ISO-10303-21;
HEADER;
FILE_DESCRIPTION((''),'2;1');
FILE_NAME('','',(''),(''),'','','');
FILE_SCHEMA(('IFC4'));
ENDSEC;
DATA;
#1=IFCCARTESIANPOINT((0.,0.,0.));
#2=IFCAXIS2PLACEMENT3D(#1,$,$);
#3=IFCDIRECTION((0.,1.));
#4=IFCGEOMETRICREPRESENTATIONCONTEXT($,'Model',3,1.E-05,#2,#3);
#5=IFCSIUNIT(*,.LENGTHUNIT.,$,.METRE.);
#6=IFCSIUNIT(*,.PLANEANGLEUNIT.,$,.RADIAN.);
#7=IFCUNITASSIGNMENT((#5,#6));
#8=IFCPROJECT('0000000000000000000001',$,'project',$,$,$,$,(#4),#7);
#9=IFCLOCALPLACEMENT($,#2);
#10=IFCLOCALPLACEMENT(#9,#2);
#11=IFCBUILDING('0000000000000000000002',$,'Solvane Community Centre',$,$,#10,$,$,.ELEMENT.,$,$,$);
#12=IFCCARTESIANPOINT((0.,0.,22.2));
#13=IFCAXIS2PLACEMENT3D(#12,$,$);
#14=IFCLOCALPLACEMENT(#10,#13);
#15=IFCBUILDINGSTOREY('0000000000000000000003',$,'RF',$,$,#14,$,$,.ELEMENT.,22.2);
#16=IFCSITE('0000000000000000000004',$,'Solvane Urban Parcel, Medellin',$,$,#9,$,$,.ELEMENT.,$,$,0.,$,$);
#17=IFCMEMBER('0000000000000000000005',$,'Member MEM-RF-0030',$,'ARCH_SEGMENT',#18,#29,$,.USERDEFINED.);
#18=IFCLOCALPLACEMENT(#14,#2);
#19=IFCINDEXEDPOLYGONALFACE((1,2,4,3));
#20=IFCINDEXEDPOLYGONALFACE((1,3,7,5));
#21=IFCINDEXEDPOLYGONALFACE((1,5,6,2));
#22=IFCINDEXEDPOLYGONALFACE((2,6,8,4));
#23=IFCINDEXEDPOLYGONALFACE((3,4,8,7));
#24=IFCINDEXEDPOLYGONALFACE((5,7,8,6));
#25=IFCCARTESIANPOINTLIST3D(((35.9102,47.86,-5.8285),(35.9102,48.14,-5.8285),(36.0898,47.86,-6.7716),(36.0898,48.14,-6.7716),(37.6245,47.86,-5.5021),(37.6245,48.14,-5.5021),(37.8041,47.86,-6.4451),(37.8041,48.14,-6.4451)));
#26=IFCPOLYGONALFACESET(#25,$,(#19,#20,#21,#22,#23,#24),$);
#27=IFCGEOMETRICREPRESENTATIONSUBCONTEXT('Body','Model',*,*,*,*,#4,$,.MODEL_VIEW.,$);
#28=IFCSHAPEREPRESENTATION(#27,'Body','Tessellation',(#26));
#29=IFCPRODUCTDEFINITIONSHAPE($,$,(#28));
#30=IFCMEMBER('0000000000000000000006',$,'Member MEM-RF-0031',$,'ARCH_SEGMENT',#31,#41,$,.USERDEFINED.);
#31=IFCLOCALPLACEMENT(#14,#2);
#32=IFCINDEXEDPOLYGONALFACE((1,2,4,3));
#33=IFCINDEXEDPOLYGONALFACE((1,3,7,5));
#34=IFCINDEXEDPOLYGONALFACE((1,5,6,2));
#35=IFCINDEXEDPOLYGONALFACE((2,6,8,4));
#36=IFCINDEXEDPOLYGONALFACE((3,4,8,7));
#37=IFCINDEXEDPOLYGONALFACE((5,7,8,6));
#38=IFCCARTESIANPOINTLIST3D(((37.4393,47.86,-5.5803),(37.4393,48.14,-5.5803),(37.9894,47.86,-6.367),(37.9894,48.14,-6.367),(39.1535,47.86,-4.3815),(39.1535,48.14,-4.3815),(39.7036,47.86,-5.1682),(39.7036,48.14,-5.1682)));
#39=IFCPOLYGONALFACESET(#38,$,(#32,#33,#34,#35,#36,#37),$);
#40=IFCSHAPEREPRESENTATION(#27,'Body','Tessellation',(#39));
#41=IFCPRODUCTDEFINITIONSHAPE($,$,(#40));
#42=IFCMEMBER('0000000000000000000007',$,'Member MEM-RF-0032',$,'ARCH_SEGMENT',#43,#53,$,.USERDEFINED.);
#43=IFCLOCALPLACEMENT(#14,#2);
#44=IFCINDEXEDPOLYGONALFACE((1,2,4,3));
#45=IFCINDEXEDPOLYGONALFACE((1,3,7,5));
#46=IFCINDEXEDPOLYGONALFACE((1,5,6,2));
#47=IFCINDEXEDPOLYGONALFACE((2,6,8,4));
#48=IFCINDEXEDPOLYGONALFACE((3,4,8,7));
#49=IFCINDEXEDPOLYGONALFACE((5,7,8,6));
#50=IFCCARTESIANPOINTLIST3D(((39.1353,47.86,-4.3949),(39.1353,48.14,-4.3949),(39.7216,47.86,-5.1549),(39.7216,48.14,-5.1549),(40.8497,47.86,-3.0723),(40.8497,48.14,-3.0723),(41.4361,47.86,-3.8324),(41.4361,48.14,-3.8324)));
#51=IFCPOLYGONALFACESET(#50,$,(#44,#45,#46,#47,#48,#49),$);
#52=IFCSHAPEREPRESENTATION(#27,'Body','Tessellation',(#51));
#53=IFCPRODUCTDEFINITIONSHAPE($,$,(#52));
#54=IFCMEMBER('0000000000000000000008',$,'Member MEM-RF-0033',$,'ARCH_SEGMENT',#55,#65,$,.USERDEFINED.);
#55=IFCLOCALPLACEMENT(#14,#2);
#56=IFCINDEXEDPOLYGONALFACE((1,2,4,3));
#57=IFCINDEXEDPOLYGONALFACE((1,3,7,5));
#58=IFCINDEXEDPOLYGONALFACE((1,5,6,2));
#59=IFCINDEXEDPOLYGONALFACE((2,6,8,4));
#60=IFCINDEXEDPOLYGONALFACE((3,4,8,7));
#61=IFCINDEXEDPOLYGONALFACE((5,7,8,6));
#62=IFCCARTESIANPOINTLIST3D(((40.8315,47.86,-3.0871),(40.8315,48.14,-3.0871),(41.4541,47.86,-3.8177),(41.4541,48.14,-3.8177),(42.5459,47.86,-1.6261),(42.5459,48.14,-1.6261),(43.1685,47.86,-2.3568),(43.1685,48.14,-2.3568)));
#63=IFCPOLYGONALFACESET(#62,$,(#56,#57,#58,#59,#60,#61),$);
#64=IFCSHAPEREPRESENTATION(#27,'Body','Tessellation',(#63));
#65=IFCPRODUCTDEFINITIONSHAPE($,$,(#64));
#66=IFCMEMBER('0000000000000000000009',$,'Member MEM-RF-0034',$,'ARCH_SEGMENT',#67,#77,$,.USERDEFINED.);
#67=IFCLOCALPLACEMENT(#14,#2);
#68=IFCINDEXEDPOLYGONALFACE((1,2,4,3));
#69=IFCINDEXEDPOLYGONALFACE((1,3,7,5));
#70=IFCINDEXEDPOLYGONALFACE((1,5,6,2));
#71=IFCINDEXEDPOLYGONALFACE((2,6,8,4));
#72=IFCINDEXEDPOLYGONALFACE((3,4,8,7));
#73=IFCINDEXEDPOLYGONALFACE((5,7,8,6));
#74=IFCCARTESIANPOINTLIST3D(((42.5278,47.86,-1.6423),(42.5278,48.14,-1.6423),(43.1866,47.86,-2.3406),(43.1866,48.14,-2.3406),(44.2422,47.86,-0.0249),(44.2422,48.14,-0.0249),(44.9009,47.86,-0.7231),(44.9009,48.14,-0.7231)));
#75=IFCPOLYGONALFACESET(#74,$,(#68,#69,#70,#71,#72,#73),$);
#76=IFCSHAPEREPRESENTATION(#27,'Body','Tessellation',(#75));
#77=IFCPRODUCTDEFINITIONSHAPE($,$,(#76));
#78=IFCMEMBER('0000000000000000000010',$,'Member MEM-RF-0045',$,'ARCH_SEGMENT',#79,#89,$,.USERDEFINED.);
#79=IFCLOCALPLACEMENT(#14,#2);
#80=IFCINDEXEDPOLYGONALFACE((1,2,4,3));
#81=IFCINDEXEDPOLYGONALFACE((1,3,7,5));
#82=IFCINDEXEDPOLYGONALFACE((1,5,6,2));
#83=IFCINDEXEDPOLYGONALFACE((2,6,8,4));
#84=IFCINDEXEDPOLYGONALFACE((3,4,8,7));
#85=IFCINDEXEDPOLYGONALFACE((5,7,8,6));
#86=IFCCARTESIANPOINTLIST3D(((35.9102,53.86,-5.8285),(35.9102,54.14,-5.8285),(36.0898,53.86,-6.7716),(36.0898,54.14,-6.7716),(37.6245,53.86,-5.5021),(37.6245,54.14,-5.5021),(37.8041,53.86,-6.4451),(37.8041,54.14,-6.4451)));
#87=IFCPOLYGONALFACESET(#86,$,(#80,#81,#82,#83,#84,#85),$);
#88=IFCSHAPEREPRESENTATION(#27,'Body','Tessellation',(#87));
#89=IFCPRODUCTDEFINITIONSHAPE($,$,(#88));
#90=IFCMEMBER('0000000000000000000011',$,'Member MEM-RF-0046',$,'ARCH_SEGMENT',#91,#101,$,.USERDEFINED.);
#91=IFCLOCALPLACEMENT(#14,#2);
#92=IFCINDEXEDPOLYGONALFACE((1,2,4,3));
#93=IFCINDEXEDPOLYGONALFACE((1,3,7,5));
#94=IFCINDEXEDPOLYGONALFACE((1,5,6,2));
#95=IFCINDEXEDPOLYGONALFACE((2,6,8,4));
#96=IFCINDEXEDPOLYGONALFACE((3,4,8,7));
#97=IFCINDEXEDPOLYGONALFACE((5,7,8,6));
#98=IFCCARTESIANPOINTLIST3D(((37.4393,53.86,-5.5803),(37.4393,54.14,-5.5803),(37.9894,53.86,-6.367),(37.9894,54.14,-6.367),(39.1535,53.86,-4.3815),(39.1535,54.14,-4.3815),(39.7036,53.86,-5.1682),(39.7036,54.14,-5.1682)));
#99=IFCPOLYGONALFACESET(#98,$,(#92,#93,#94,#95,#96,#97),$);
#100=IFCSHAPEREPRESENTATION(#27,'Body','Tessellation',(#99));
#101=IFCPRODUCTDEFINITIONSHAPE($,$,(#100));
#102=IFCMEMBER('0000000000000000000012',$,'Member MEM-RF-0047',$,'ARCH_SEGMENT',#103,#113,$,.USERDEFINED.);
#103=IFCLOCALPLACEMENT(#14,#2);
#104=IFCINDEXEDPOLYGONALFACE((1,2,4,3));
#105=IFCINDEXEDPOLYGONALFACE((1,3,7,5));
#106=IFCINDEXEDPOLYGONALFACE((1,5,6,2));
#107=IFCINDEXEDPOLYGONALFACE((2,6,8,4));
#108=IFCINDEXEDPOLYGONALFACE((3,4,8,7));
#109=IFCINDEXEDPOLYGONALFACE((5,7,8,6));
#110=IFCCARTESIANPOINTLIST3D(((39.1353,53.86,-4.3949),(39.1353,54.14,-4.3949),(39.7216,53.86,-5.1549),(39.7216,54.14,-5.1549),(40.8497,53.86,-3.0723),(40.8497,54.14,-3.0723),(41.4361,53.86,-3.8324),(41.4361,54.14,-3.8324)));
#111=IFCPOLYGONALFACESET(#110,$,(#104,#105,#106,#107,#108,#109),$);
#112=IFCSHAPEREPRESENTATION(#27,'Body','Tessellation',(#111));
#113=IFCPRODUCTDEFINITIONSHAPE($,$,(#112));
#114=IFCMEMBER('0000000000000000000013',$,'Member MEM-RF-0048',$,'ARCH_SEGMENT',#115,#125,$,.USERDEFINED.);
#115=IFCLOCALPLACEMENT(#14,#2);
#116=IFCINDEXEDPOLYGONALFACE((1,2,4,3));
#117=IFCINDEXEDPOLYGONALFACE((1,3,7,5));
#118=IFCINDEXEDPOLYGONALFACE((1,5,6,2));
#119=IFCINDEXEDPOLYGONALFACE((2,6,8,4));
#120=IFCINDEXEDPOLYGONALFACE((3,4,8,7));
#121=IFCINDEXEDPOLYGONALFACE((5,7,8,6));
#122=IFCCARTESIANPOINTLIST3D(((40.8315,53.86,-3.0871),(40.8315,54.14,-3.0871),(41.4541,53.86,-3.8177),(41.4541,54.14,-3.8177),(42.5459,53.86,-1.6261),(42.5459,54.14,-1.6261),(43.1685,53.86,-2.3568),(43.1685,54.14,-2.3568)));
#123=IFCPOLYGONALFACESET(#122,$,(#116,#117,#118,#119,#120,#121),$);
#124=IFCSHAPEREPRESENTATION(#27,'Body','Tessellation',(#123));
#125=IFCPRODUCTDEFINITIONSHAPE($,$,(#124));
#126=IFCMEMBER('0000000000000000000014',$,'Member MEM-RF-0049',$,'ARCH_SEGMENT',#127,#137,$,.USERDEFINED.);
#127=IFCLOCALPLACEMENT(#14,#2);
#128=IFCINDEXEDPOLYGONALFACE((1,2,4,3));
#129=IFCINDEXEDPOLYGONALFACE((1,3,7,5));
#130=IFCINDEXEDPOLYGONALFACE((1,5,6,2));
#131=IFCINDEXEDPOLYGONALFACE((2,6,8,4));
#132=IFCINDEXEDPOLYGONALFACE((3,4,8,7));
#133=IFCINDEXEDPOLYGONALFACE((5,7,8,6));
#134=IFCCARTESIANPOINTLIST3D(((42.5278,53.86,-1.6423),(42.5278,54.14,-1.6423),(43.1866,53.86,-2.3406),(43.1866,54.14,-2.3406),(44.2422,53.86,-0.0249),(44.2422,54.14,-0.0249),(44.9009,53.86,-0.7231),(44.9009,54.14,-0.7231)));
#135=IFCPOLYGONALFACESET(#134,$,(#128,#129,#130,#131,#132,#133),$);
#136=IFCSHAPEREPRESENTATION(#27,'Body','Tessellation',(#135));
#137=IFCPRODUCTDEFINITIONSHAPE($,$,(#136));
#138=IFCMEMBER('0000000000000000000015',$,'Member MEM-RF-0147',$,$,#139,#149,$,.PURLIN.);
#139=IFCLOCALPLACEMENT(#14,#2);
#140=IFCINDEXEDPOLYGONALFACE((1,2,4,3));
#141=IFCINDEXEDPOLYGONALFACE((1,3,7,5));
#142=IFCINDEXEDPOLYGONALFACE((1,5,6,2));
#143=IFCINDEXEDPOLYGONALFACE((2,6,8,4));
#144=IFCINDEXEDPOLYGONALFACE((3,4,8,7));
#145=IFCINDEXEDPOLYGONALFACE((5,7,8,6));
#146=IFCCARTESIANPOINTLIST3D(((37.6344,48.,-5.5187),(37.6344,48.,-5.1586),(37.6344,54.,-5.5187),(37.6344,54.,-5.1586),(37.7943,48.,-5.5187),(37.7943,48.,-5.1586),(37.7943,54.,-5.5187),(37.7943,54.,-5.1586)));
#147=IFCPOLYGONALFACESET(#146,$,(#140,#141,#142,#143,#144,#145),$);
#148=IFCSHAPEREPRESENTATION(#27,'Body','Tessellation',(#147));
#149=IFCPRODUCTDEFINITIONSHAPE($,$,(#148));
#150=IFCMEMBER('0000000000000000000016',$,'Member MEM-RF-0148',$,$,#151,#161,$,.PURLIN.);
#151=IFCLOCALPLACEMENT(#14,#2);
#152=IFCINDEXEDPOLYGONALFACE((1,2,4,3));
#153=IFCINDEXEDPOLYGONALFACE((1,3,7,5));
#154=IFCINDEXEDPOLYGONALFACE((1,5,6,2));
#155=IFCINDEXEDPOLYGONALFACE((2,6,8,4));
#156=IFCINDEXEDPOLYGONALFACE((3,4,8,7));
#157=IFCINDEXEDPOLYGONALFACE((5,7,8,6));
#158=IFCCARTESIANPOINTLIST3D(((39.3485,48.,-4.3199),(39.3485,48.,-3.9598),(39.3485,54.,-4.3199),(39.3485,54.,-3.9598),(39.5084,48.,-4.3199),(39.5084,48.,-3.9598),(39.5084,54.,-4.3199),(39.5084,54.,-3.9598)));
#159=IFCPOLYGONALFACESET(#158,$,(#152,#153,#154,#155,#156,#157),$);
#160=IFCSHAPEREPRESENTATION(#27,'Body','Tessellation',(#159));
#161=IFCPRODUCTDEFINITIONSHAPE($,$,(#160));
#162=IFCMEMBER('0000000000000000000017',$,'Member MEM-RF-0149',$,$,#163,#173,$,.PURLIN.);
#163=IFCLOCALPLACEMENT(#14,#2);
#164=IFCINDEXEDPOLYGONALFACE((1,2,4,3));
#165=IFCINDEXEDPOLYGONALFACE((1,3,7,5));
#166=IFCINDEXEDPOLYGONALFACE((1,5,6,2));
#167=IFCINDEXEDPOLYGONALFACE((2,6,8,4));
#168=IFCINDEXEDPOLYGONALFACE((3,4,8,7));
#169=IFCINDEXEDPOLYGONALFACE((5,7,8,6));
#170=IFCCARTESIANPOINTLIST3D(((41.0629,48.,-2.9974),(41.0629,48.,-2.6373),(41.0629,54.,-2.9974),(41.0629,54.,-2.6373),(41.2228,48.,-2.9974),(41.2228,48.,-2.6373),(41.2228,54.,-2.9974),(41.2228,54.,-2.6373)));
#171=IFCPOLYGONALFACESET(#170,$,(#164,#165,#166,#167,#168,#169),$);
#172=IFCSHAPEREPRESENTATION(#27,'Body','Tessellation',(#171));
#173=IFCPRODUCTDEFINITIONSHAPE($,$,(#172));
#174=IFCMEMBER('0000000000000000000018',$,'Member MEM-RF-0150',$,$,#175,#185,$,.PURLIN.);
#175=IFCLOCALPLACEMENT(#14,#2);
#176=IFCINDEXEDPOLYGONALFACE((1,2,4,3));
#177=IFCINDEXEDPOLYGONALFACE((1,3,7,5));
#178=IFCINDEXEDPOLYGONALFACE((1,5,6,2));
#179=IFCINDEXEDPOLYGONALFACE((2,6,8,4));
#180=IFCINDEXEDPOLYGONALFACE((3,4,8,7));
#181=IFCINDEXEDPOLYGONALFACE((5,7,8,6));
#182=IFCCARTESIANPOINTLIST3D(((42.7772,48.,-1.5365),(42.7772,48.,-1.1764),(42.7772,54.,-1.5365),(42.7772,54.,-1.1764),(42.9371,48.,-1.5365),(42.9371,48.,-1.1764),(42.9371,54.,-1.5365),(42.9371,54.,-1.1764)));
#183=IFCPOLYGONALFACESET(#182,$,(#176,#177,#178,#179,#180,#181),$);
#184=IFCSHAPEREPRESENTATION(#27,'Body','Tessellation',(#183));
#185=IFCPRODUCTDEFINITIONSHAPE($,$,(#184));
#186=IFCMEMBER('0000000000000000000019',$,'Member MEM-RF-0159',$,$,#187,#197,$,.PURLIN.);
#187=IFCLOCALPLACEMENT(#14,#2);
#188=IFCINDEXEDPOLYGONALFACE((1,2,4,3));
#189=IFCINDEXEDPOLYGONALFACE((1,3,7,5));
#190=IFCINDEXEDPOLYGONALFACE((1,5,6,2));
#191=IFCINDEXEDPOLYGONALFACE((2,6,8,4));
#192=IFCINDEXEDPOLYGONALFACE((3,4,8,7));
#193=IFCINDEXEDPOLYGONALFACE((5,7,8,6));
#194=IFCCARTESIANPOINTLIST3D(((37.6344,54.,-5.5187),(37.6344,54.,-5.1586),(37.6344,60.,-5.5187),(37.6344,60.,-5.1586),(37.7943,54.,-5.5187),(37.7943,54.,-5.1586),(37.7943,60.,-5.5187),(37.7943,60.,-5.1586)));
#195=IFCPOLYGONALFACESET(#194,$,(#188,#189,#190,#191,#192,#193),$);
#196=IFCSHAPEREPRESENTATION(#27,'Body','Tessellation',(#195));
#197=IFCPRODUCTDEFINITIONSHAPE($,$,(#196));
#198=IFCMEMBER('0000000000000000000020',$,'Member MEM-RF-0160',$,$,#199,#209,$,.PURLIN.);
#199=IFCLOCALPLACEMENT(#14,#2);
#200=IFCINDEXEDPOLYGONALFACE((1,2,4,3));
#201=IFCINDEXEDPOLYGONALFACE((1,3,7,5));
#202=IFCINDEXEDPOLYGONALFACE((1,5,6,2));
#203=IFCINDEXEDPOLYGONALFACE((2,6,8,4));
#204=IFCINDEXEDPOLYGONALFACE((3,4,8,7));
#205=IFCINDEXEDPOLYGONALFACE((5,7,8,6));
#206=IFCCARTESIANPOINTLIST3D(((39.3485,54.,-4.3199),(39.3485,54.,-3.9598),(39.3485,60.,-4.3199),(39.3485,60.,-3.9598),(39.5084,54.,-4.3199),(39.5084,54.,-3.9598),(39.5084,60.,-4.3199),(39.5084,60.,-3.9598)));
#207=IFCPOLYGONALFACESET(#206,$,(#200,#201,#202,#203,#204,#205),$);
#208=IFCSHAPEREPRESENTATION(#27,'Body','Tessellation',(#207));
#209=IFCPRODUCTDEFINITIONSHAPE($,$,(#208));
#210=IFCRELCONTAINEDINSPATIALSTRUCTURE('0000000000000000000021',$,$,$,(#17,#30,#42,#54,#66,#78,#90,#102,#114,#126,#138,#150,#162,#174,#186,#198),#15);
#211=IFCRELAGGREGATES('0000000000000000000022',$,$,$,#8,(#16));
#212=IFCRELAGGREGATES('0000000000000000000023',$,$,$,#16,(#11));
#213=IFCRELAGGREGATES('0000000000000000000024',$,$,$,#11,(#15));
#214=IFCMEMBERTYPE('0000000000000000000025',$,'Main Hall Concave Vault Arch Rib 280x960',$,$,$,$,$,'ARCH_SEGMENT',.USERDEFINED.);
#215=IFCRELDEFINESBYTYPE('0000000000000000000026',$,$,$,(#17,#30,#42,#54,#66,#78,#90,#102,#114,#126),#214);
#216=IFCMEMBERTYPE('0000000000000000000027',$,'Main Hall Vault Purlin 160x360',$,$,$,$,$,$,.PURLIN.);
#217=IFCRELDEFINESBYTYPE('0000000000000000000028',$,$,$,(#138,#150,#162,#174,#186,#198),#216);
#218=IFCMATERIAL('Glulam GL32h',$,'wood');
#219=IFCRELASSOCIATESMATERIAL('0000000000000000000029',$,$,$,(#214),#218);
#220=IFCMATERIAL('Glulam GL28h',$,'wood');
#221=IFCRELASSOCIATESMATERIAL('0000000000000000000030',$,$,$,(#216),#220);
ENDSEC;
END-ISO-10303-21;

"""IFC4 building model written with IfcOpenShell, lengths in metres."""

from ifc_helpers import new_model, si_unit, direction, frame, origin, origin_2d, place, context, subcontext, project, spatial, rectangle, extrude, material, material_profile, profile_set, type_object, element, save


model = new_model("IFC4")

# Units and contexts
model_context = context("Model", 3, precision=1e-05, world=origin(), true_north=direction((0.0, 1.0)))
body_context = subcontext(model_context, "Body", "Model", "MODEL_VIEW")
ifc_project = project(units=[si_unit("LENGTHUNIT", "METRE"), si_unit("PLANEANGLEUNIT", "RADIAN")], contexts=[model_context])

# Site, building, storey
site_placement = place(None, origin())
site = spatial("IfcSite", under=ifc_project, at=site_placement, Name="Solvane Urban Parcel, Medellin", CompositionType="ELEMENT", RefElevation=0.0)
building_placement = place(site_placement, origin())
building = spatial("IfcBuilding", under=site, at=building_placement, Name="Solvane Community Centre", CompositionType="ELEMENT")
storey_placement = place(building_placement, frame((0.0, 0.0, 22.2)))
storey = spatial("IfcBuildingStorey", under=building, at=storey_placement, Name="RF", CompositionType="ELEMENT", Elevation=22.2)

# Members
ifc_material_1 = material(Name="Glulam GL32h", Category="wood")
ifc_material_profile_1 = material_profile(ifc_material_1, rectangle(XDim=0.28, YDim=0.96, at=origin_2d()), Name="GL32h 280x960")
ifc_profile_set_1 = profile_set([ifc_material_profile_1], Name="Glulam GL32h")
member_type_1 = type_object("IfcMemberType", Name="Main Hall Concave Vault Arch Rib 280x960", ElementType="ARCH_SEGMENT", PredefinedType="USERDEFINED", material=ifc_profile_set_1)
member_1_placement = place(storey_placement, frame((36.0, 48.0, -6.3), z_axis=(0.982352, 0.0, 0.187041), x_axis=(0.0, 1.0, 0.0)))
element("IfcMember", 1, at=member_1_placement, inside=storey, type_object=member_type_1, Name="Member MEM-RF-0030", ObjectType="ARCH_SEGMENT", PredefinedType="USERDEFINED", context=body_context, shape_type="SweptSolid", body=[
    extrude(rectangle(XDim=0.28, YDim=0.96, at=origin_2d()), origin(), (0.0, 0.0, 1.0), 1.7451),
])
member_2_placement = place(storey_placement, frame((37.7144, 48.0, -5.9736), z_axis=(0.81949, 0.0, 0.573094), x_axis=(0.0, 1.0, 0.0)))
element("IfcMember", 2, at=member_2_placement, inside=storey, type_object=member_type_1, Name="Member MEM-RF-0031", ObjectType="ARCH_SEGMENT", PredefinedType="USERDEFINED", context=body_context, shape_type="SweptSolid", body=[
    extrude(rectangle(XDim=0.28, YDim=0.96, at=origin_2d()), origin(), (0.0, 0.0, 1.0), 2.0918),
])
member_3_placement = place(storey_placement, frame((39.4285, 48.0, -4.7749), z_axis=(0.791781, 0.0, 0.610805), x_axis=(0.0, 1.0, 0.0)))
element("IfcMember", 3, at=member_3_placement, inside=storey, type_object=member_type_1, Name="Member MEM-RF-0032", ObjectType="ARCH_SEGMENT", PredefinedType="USERDEFINED", context=body_context, shape_type="SweptSolid", body=[
    extrude(rectangle(XDim=0.28, YDim=0.96, at=origin_2d()), origin(), (0.0, 0.0, 1.0), 2.1653),
])
member_4_placement = place(storey_placement, frame((41.1428, 48.0, -3.4524), z_axis=(0.76112, 0.0, 0.648611), x_axis=(0.0, 1.0, 0.0)))
element("IfcMember", 4, at=member_4_placement, inside=storey, type_object=member_type_1, Name="Member MEM-RF-0033", ObjectType="ARCH_SEGMENT", PredefinedType="USERDEFINED", context=body_context, shape_type="SweptSolid", body=[
    extrude(rectangle(XDim=0.28, YDim=0.96, at=origin_2d()), origin(), (0.0, 0.0, 1.0), 2.2524),
])
member_5_placement = place(storey_placement, frame((42.8572, 48.0, -1.9915), z_axis=(0.727369, 0.0, 0.686246), x_axis=(0.0, 1.0, 0.0)))
element("IfcMember", 5, at=member_5_placement, inside=storey, type_object=member_type_1, Name="Member MEM-RF-0034", ObjectType="ARCH_SEGMENT", PredefinedType="USERDEFINED", context=body_context, shape_type="SweptSolid", body=[
    extrude(rectangle(XDim=0.28, YDim=0.96, at=origin_2d()), origin(), (0.0, 0.0, 1.0), 2.3569),
])
member_6_placement = place(storey_placement, frame((36.0, 54.0, -6.3), z_axis=(0.982352, 0.0, 0.187041), x_axis=(0.0, 1.0, 0.0)))
element("IfcMember", 6, at=member_6_placement, inside=storey, type_object=member_type_1, Name="Member MEM-RF-0045", ObjectType="ARCH_SEGMENT", PredefinedType="USERDEFINED", context=body_context, shape_type="SweptSolid", body=[
    extrude(rectangle(XDim=0.28, YDim=0.96, at=origin_2d()), origin(), (0.0, 0.0, 1.0), 1.7451),
])
member_7_placement = place(storey_placement, frame((37.7144, 54.0, -5.9736), z_axis=(0.81949, 0.0, 0.573094), x_axis=(0.0, 1.0, 0.0)))
element("IfcMember", 7, at=member_7_placement, inside=storey, type_object=member_type_1, Name="Member MEM-RF-0046", ObjectType="ARCH_SEGMENT", PredefinedType="USERDEFINED", context=body_context, shape_type="SweptSolid", body=[
    extrude(rectangle(XDim=0.28, YDim=0.96, at=origin_2d()), origin(), (0.0, 0.0, 1.0), 2.0918),
])
member_8_placement = place(storey_placement, frame((39.4285, 54.0, -4.7749), z_axis=(0.791781, 0.0, 0.610805), x_axis=(0.0, 1.0, 0.0)))
element("IfcMember", 8, at=member_8_placement, inside=storey, type_object=member_type_1, Name="Member MEM-RF-0047", ObjectType="ARCH_SEGMENT", PredefinedType="USERDEFINED", context=body_context, shape_type="SweptSolid", body=[
    extrude(rectangle(XDim=0.28, YDim=0.96, at=origin_2d()), origin(), (0.0, 0.0, 1.0), 2.1653),
])
member_9_placement = place(storey_placement, frame((41.1428, 54.0, -3.4524), z_axis=(0.76112, 0.0, 0.648611), x_axis=(0.0, 1.0, 0.0)))
element("IfcMember", 9, at=member_9_placement, inside=storey, type_object=member_type_1, Name="Member MEM-RF-0048", ObjectType="ARCH_SEGMENT", PredefinedType="USERDEFINED", context=body_context, shape_type="SweptSolid", body=[
    extrude(rectangle(XDim=0.28, YDim=0.96, at=origin_2d()), origin(), (0.0, 0.0, 1.0), 2.2524),
])
member_10_placement = place(storey_placement, frame((42.8572, 54.0, -1.9915), z_axis=(0.727369, 0.0, 0.686246), x_axis=(0.0, 1.0, 0.0)))
element("IfcMember", 10, at=member_10_placement, inside=storey, type_object=member_type_1, Name="Member MEM-RF-0049", ObjectType="ARCH_SEGMENT", PredefinedType="USERDEFINED", context=body_context, shape_type="SweptSolid", body=[
    extrude(rectangle(XDim=0.28, YDim=0.96, at=origin_2d()), origin(), (0.0, 0.0, 1.0), 2.3569),
])
ifc_material_2 = material(Name="Glulam GL28h", Category="wood")
ifc_material_profile_2 = material_profile(ifc_material_2, rectangle(XDim=0.1599, YDim=0.3601, at=origin_2d()), Name="GL28h 160x360")
ifc_profile_set_2 = profile_set([ifc_material_profile_2], Name="Glulam GL28h")
member_type_2 = type_object("IfcMemberType", Name="Main Hall Vault Purlin 160x360", PredefinedType="PURLIN", material=ifc_profile_set_2)
for number, where, z_axis, x_axis, name in (
    (11, (37.7144, 48.0, -5.3386), (0.0, 1.0, 0.0), (-1.0, 0.0, 0.0), "Member MEM-RF-0147"),
    (12, (39.4285, 48.0, -4.1399), (0.0, 1.0, 0.0), (-1.0, 0.0, 0.0), "Member MEM-RF-0148"),
    (13, (41.1428, 48.0, -2.8174), (0.0, 1.0, 0.0), (-1.0, 0.0, 0.0), "Member MEM-RF-0149"),
    (14, (42.8572, 48.0, -1.3564), (0.0, 1.0, 0.0), (-1.0, 0.0, 0.0), "Member MEM-RF-0150"),
    (15, (37.7144, 54.0, -5.3386), (0.0, 1.0, 0.0), (-1.0, 0.0, 0.0), "Member MEM-RF-0159"),
    (16, (39.4285, 54.0, -4.1399), (0.0, 1.0, 0.0), (-1.0, 0.0, 0.0), "Member MEM-RF-0160"),
):
    element("IfcMember", number, at=place(storey_placement, frame(where, z_axis=z_axis, x_axis=x_axis)), inside=storey, type_object=member_type_2, Name=name, PredefinedType="PURLIN", context=body_context, shape_type="SweptSolid", body=[
        extrude(rectangle(XDim=0.1599, YDim=0.3601, at=origin_2d()), origin(), (0.0, 0.0, 1.0), 6.0),
    ])

save(model, "model.ifc")
